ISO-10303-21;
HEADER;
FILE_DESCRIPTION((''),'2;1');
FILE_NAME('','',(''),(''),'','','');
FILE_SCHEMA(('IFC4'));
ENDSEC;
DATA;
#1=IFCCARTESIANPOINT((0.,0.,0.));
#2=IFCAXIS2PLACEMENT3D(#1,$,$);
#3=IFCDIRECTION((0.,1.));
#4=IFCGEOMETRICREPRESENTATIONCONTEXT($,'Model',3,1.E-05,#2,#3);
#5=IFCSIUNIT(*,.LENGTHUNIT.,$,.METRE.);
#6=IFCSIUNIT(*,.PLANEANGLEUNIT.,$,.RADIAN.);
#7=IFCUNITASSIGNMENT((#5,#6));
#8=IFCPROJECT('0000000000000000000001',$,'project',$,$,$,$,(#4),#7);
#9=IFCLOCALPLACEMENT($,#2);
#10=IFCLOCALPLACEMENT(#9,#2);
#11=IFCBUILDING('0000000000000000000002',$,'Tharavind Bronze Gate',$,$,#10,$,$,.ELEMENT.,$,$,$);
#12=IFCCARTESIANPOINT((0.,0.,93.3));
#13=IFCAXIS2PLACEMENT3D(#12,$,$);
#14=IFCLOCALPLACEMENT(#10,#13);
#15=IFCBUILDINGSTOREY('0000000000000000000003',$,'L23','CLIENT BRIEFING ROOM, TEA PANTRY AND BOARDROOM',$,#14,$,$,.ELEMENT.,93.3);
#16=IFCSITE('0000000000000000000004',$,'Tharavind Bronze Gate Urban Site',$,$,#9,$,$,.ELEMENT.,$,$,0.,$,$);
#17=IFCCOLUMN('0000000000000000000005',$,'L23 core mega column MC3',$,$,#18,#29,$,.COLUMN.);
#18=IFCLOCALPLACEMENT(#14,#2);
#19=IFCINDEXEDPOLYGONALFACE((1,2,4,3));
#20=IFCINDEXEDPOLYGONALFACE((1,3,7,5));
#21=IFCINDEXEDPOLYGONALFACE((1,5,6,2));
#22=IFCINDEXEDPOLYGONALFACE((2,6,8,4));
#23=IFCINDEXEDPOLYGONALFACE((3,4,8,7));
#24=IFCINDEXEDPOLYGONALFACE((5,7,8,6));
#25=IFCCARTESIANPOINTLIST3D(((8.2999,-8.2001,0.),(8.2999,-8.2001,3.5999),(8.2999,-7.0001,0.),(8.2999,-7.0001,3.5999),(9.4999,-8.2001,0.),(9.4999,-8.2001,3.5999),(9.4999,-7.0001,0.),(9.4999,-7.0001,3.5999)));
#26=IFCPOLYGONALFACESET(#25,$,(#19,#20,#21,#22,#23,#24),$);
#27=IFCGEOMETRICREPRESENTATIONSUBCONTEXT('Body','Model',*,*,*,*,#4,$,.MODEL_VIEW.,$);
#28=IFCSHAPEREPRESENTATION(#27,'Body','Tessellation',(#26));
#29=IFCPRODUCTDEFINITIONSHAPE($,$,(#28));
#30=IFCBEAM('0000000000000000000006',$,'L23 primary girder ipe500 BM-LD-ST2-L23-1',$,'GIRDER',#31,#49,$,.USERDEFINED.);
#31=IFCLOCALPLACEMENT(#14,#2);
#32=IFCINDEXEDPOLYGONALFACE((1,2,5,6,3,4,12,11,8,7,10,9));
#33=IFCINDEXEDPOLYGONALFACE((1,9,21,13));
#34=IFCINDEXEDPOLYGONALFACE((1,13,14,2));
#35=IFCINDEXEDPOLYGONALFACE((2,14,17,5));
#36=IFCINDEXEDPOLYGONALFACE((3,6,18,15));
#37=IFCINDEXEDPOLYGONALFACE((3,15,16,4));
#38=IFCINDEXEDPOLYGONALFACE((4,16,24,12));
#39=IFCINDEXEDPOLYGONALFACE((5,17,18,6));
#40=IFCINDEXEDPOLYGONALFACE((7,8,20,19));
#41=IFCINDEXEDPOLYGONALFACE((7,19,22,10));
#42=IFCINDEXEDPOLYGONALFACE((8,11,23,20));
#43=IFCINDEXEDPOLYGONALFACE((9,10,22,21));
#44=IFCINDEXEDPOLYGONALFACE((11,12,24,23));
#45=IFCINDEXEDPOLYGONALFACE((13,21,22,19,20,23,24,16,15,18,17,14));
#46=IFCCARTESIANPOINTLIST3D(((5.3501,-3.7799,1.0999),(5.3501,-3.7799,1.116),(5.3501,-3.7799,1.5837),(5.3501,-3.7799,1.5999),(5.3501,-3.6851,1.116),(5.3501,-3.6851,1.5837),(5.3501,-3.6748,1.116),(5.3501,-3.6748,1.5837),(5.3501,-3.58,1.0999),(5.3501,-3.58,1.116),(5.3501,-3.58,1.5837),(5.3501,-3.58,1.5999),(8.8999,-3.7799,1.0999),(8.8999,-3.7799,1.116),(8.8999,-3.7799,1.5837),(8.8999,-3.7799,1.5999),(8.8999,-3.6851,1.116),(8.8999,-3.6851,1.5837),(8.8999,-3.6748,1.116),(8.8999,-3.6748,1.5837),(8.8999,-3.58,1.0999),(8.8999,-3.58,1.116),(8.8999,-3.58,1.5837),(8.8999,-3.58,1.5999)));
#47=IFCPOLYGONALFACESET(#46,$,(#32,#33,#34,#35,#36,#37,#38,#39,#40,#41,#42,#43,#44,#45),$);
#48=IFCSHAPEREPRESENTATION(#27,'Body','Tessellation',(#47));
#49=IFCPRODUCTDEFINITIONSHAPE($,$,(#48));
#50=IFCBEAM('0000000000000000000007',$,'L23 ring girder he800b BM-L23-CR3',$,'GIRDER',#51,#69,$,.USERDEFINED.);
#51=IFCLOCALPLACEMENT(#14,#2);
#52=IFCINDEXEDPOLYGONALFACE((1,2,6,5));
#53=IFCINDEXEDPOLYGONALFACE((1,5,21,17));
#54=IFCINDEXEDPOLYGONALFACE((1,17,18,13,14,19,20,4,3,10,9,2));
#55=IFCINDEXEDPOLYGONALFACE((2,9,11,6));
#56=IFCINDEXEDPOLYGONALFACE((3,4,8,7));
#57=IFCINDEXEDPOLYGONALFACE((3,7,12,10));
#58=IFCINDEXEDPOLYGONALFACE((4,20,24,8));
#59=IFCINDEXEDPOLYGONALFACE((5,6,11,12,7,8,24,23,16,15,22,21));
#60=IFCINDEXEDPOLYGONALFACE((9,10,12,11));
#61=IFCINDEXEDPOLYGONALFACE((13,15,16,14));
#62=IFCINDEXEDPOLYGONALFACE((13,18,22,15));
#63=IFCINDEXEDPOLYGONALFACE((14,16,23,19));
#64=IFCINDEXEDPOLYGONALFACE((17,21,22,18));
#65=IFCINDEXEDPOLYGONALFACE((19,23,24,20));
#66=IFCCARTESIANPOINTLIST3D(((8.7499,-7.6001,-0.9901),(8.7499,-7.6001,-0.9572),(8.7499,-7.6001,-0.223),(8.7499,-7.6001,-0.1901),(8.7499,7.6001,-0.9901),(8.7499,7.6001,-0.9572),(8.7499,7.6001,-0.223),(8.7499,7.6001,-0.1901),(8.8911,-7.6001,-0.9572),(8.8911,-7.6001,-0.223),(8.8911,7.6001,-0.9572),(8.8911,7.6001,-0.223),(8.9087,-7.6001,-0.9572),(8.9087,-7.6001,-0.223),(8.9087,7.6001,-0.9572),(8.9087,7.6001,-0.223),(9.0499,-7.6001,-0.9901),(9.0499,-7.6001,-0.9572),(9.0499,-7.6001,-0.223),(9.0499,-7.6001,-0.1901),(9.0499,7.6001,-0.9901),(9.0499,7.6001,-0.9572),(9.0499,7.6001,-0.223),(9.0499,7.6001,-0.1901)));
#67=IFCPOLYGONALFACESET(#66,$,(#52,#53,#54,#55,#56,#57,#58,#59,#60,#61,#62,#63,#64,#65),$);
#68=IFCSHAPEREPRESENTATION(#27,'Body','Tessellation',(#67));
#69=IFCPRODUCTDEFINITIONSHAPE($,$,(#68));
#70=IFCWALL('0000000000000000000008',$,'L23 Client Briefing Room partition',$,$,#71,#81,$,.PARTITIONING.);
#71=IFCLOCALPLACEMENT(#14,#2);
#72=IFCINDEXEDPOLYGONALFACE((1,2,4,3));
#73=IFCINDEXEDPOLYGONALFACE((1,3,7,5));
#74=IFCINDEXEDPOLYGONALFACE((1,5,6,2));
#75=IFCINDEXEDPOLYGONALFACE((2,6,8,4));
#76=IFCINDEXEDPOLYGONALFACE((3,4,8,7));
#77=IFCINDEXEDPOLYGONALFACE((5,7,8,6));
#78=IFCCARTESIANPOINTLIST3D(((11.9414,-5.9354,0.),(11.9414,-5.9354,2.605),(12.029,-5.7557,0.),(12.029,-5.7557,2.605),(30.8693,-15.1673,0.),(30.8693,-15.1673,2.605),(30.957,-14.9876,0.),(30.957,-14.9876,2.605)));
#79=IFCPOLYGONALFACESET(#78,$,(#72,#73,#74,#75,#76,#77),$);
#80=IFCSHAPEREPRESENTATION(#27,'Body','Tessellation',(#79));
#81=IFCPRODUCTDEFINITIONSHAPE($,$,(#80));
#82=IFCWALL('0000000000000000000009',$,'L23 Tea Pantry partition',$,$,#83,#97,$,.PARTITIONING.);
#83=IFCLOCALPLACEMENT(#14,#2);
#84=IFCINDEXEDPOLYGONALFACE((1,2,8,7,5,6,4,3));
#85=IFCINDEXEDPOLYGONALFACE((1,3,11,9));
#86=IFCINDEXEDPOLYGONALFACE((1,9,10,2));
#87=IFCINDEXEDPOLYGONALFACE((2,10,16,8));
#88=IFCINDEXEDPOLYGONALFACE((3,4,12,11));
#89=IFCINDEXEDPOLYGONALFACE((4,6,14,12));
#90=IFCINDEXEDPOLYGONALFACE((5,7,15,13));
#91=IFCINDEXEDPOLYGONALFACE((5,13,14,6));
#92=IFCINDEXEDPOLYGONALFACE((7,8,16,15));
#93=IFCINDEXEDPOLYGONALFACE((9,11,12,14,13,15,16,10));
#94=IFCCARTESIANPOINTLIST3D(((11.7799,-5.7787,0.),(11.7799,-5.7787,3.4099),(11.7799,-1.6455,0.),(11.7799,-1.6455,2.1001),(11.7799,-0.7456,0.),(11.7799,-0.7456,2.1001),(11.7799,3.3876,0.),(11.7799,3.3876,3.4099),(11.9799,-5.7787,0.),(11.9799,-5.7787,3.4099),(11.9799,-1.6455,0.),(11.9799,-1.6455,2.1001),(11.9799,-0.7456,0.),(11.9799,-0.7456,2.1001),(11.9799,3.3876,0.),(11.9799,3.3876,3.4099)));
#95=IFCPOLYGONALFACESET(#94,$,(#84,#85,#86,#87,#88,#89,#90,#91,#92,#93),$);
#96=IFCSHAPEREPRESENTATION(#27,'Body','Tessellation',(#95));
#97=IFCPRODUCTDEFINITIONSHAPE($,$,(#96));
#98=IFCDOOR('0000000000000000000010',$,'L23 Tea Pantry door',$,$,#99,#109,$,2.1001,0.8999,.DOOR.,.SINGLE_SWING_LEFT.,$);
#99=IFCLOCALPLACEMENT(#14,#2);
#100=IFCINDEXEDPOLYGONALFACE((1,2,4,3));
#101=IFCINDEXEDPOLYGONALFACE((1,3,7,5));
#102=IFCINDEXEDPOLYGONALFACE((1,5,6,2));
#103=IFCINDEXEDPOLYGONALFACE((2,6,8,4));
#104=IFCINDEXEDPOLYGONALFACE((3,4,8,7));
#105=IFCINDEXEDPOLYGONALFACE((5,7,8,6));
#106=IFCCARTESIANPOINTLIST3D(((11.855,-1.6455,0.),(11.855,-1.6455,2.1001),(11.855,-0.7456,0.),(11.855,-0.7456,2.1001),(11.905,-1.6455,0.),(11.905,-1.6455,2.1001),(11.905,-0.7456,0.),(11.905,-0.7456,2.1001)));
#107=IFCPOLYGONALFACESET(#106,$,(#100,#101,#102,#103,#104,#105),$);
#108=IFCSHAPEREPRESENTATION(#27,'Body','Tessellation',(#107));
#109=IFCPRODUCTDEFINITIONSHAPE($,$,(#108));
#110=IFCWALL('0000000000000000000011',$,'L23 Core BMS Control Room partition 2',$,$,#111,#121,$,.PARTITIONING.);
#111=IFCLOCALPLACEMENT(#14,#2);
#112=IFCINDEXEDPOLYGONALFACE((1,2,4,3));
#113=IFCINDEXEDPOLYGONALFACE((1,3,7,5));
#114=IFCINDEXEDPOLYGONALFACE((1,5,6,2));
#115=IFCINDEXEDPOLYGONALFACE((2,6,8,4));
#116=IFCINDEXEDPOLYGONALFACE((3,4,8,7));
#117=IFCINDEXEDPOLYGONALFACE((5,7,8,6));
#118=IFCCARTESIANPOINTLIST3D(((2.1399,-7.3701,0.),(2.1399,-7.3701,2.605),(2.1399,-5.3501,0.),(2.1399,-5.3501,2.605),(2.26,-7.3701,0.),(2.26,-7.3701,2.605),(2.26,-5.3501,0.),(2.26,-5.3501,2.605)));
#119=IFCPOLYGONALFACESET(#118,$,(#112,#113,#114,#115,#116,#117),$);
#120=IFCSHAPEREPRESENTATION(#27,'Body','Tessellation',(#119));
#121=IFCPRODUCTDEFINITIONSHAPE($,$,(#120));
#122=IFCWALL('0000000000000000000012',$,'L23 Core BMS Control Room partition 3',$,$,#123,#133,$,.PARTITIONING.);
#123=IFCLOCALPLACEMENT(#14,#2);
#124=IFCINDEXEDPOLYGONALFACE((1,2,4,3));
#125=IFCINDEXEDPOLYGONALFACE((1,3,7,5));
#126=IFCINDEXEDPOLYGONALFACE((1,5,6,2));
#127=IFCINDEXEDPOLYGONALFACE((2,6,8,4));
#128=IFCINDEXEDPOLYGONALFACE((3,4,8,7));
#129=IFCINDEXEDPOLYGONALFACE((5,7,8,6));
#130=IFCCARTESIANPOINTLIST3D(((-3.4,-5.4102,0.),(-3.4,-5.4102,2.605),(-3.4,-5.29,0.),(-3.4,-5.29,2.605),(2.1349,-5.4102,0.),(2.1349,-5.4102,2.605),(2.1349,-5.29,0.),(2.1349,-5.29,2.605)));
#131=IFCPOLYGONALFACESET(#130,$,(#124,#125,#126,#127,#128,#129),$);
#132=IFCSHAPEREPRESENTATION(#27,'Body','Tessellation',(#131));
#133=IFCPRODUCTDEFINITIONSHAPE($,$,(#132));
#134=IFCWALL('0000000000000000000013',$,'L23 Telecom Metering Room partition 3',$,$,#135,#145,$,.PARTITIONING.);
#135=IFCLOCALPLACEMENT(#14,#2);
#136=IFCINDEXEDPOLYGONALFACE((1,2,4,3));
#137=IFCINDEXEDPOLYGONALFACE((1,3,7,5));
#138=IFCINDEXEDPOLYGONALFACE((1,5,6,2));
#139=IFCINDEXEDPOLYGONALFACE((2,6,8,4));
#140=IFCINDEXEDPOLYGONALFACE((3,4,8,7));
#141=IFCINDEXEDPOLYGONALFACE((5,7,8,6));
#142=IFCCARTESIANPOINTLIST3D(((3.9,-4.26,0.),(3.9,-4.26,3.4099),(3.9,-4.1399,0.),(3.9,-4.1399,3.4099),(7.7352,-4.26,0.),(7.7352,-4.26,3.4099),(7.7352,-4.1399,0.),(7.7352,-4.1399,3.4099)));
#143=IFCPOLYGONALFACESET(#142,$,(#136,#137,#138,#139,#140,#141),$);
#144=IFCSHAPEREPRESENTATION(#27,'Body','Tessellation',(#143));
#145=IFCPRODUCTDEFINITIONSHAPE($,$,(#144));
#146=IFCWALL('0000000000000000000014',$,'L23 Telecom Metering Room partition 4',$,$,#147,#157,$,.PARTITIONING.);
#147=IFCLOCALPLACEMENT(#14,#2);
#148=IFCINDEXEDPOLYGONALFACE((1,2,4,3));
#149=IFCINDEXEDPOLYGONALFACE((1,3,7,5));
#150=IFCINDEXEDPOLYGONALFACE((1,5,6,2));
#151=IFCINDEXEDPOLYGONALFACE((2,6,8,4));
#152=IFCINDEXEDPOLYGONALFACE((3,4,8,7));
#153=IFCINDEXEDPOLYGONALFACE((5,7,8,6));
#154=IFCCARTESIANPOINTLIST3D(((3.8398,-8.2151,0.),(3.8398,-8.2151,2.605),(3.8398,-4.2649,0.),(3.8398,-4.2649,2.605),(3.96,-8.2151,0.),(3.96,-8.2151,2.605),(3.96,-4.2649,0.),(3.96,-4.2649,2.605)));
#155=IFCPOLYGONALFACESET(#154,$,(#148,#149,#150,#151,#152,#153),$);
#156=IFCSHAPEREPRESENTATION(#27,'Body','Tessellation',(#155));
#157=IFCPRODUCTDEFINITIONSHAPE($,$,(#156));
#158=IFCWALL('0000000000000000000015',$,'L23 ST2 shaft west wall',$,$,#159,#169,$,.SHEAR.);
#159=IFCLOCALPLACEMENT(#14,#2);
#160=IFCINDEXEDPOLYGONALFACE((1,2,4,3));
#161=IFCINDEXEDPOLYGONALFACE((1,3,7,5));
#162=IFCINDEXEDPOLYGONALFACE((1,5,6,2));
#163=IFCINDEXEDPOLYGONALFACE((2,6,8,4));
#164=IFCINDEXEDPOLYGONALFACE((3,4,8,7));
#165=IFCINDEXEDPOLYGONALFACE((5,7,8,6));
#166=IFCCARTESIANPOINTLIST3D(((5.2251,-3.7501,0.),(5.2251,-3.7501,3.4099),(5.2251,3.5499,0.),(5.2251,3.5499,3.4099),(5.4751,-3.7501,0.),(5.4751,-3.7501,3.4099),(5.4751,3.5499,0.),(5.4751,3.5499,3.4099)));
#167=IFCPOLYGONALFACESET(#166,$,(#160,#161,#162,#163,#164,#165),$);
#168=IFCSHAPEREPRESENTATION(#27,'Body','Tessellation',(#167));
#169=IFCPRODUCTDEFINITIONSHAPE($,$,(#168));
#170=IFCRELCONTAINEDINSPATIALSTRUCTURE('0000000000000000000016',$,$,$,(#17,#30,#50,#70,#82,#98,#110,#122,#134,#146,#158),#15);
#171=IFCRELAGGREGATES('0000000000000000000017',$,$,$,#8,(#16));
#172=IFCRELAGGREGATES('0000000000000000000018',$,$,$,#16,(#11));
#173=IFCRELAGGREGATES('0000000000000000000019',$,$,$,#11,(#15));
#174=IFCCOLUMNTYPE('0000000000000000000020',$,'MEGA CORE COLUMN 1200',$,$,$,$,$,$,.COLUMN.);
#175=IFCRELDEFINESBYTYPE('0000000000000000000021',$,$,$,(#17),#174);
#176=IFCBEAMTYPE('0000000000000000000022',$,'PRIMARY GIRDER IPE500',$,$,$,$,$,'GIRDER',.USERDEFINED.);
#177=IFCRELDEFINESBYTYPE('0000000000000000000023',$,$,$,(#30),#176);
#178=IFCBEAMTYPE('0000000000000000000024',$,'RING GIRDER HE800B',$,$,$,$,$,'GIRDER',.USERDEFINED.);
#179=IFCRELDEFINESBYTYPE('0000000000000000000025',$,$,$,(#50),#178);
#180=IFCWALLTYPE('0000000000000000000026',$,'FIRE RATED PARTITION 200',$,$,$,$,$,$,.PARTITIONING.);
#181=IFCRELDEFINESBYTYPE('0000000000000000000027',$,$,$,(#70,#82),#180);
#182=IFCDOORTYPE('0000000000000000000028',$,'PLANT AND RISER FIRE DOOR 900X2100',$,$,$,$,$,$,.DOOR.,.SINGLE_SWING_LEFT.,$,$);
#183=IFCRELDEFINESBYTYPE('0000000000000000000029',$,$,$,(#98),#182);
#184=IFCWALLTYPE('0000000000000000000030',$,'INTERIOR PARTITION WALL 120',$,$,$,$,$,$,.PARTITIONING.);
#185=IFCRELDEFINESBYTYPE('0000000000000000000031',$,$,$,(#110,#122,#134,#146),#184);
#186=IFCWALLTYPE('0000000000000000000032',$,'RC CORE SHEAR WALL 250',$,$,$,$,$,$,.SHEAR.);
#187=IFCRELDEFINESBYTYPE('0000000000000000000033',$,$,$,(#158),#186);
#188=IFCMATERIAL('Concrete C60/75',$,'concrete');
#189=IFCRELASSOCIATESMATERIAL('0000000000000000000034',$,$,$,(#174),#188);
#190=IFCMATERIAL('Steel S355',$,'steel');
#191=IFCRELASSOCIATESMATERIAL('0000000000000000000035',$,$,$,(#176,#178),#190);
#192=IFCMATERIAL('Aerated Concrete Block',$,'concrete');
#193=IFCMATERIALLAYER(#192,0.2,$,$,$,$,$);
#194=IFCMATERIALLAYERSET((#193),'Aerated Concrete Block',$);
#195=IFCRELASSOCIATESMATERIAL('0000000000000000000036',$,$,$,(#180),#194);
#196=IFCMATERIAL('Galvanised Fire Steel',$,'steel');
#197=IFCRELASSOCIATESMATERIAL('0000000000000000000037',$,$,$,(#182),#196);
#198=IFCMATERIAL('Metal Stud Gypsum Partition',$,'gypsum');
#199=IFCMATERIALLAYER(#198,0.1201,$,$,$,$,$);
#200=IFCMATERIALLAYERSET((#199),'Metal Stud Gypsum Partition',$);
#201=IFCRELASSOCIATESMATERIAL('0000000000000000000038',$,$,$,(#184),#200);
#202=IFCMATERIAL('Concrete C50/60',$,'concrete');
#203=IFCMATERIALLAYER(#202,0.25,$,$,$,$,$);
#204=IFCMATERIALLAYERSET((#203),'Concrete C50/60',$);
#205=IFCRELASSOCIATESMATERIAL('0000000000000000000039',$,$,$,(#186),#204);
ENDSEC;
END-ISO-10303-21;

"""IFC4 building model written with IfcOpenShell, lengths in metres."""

from ifc_helpers import new_model, si_unit, direction, frame, frame_2d, origin, origin_2d, place, context, subcontext, project, spatial, rectangle, i_section, extrude, material, layer, layer_set, material_profile, profile_set, type_object, element, fill, save


model = new_model("IFC4")

# Units and contexts
model_context = context("Model", 3, precision=1e-05, world=origin(), true_north=direction((0.0, 1.0)))
body_context = subcontext(model_context, "Body", "Model", "MODEL_VIEW")
ifc_project = project(units=[si_unit("LENGTHUNIT", "METRE"), si_unit("PLANEANGLEUNIT", "RADIAN")], contexts=[model_context])

# Site, building, storey
site_placement = place(None, origin())
site = spatial("IfcSite", under=ifc_project, at=site_placement, Name="Tharavind Bronze Gate Urban Site", CompositionType="ELEMENT", RefElevation=0.0)
building_placement = place(site_placement, origin())
building = spatial("IfcBuilding", under=site, at=building_placement, Name="Tharavind Bronze Gate", CompositionType="ELEMENT")
storey_placement = place(building_placement, frame((0.0, 0.0, 93.3)))
storey = spatial("IfcBuildingStorey", under=building, at=storey_placement, Name="L23", Description="CLIENT BRIEFING ROOM, TEA PANTRY AND BOARDROOM", CompositionType="ELEMENT", Elevation=93.3)

# Column
ifc_material_1 = material(Name="Concrete C60/75", Category="concrete")
ifc_material_profile_1 = material_profile(ifc_material_1, rectangle(XDim=1.2, YDim=1.2, at=origin_2d()), Name="RCCOL1200")
ifc_profile_set_1 = profile_set([ifc_material_profile_1], Name="Concrete C60/75")
column_type = type_object("IfcColumnType", Name="MEGA CORE COLUMN 1200", PredefinedType="COLUMN", material=ifc_profile_set_1)
column_placement = place(storey_placement, frame((8.8999, -7.6001, 0.0), z_axis=(0.0, 0.0, 1.0), x_axis=(1.0, 0.0, 0.0)))
element("IfcColumn", 1, at=column_placement, inside=storey, type_object=column_type, Name="L23 core mega column MC3", PredefinedType="COLUMN", context=body_context, shape_type="SweptSolid", body=[
    extrude(rectangle(XDim=1.2, YDim=1.2, at=origin_2d()), origin(), (0.0, 0.0, 1.0), 3.5999),
])

# Beams
ifc_material_2 = material(Name="Steel S355", Category="steel")
ifc_material_profile_2 = material_profile(ifc_material_2, i_section(OverallWidth=0.2, OverallDepth=0.5, WebThickness=0.0103, FlangeThickness=0.0161, at=origin_2d()), Name="IPE500")
ifc_profile_set_2 = profile_set([ifc_material_profile_2], Name="Steel S355")
beam_type_1 = type_object("IfcBeamType", Name="PRIMARY GIRDER IPE500", ElementType="GIRDER", PredefinedType="USERDEFINED", material=ifc_profile_set_2)
beam_1_placement = place(storey_placement, frame((5.3501, -3.6799, 1.3499), z_axis=(1.0, 0.0, 0.0), x_axis=(0.0, 1.0, 0.0)))
element("IfcBeam", 2, at=beam_1_placement, inside=storey, type_object=beam_type_1, Name="L23 primary girder ipe500 BM-LD-ST2-L23-1", ObjectType="GIRDER", PredefinedType="USERDEFINED", context=body_context, shape_type="SweptSolid", body=[
    extrude(i_section(OverallWidth=0.2, OverallDepth=0.5, WebThickness=0.0103, FlangeThickness=0.0161, at=origin_2d()), origin(), (0.0, 0.0, 1.0), 3.5498),
])
ifc_material_profile_3 = material_profile(ifc_material_2, i_section(OverallWidth=0.3, OverallDepth=0.8, WebThickness=0.0176, FlangeThickness=0.033, at=origin_2d()), Name="HE800B")
ifc_profile_set_3 = profile_set([ifc_material_profile_3], Name="Steel S355")
beam_type_2 = type_object("IfcBeamType", Name="RING GIRDER HE800B", ElementType="GIRDER", PredefinedType="USERDEFINED", material=ifc_profile_set_3)
beam_2_placement = place(storey_placement, frame((8.8999, -7.6001, -0.5901), z_axis=(0.0, 1.0, 0.0), x_axis=(-1.0, 0.0, 0.0)))
element("IfcBeam", 3, at=beam_2_placement, inside=storey, type_object=beam_type_2, Name="L23 ring girder he800b BM-L23-CR3", ObjectType="GIRDER", PredefinedType="USERDEFINED", context=body_context, shape_type="SweptSolid", body=[
    extrude(i_section(OverallWidth=0.3, OverallDepth=0.8, WebThickness=0.0176, FlangeThickness=0.033, at=origin_2d()), origin(), (0.0, 0.0, 1.0), 15.2002),
])

# Wall
ifc_material_3 = material(Name="Aerated Concrete Block", Category="concrete")
ifc_layer_1 = layer(ifc_material_3, 0.2)
ifc_layer_set_1 = layer_set([ifc_layer_1], Name="Aerated Concrete Block")
wall_type_1 = type_object("IfcWallType", Name="FIRE RATED PARTITION 200", PredefinedType="PARTITIONING", material=ifc_layer_set_1)
wall_1_placement = place(storey_placement, frame((11.9851, -5.8455, 0.0), z_axis=(0.0, 0.0, 1.0), x_axis=(0.898791, -0.438377, 0.0)))
element("IfcWall", 4, at=wall_1_placement, inside=storey, type_object=wall_type_1, Name="L23 Client Briefing Room partition", PredefinedType="PARTITIONING", context=body_context, shape_type="SweptSolid", body=[
    extrude(rectangle(XDim=21.0593, YDim=0.2, at=frame_2d((10.5298, 0.0))), origin(), (0.0, 0.0, 1.0), 2.605),
])

# Wall, opening, door
wall_2_placement = place(storey_placement, frame((11.8799, -5.7786, 0.0), z_axis=(0.0, 0.0, 1.0), x_axis=(0.0, 1.0, 0.0)))
wall_2 = element("IfcWall", 5, at=wall_2_placement, inside=storey, type_object=wall_type_1, Name="L23 Tea Pantry partition", PredefinedType="PARTITIONING", context=body_context, shape_type="SweptSolid", body=[
    extrude(rectangle(XDim=9.1663, YDim=0.2, at=frame_2d((4.583, 0.0))), origin(), (0.0, 0.0, 1.0), 3.4099),
])
opening_1_placement = place(wall_2_placement, frame((4.1331, 0.0, 0.0)))
opening_1 = element("IfcOpeningElement", 6, at=opening_1_placement, cuts=wall_2, PredefinedType="OPENING", context=body_context, shape_type="SweptSolid", body=[
    extrude(rectangle(XDim=0.8999, YDim=2.1001, at=frame_2d((0.45, 1.05))), frame((0.0, 0.1101, 0.0), z_axis=(0.0, -1.0, 0.0), x_axis=(1.0, 0.0, 0.0)), (0.0, 0.0, 1.0), 0.22),
])
ifc_material_4 = material(Name="Galvanised Fire Steel", Category="steel")
door_type_1 = type_object("IfcDoorType", Name="PLANT AND RISER FIRE DOOR 900X2100", OperationType="SINGLE_SWING_LEFT", PredefinedType="DOOR", material=ifc_material_4)
door_1_placement = place(opening_1_placement, origin())
door_1 = element("IfcDoor", 7, at=door_1_placement, inside=storey, type_object=door_type_1, Name="L23 Tea Pantry door", OperationType="SINGLE_SWING_LEFT", OverallHeight=2.1001, OverallWidth=0.8999, PredefinedType="DOOR", context=body_context, shape_type="SweptSolid", body=[
    extrude(rectangle(XDim=0.8999, YDim=2.1001, at=frame_2d((0.45, 1.05))), frame((0.0, 0.0249, 0.0), z_axis=(0.0, -1.0, 0.0), x_axis=(1.0, 0.0, 0.0)), (0.0, 0.0, 1.0), 0.05),
])
fill(opening_1, door_1)

# Walls
ifc_material_5 = material(Name="Metal Stud Gypsum Partition", Category="gypsum")
ifc_layer_2 = layer(ifc_material_5, 0.1201)
ifc_layer_set_2 = layer_set([ifc_layer_2], Name="Metal Stud Gypsum Partition")
wall_type_2 = type_object("IfcWallType", Name="INTERIOR PARTITION WALL 120", PredefinedType="PARTITIONING", material=ifc_layer_set_2)
wall_3_placement = place(storey_placement, frame((2.2, -7.3701, 0.0), z_axis=(0.0, 0.0, 1.0), x_axis=(0.0, 1.0, 0.0)))
element("IfcWall", 8, at=wall_3_placement, inside=storey, type_object=wall_type_2, Name="L23 Core BMS Control Room partition 2", PredefinedType="PARTITIONING", context=body_context, shape_type="SweptSolid", body=[
    extrude(rectangle(XDim=2.02, YDim=0.1201, at=frame_2d((1.01, 0.0))), origin(), (0.0, 0.0, 1.0), 2.605),
])
wall_4_placement = place(storey_placement, frame((2.135, -5.3501, 0.0), z_axis=(0.0, 0.0, 1.0), x_axis=(-1.0, 0.0, 0.0)))
element("IfcWall", 9, at=wall_4_placement, inside=storey, type_object=wall_type_2, Name="L23 Core BMS Control Room partition 3", PredefinedType="PARTITIONING", context=body_context, shape_type="SweptSolid", body=[
    extrude(rectangle(XDim=5.5349, YDim=0.1201, at=frame_2d((2.7676, 0.0))), origin(), (0.0, 0.0, 1.0), 2.605),
])
wall_5_placement = place(storey_placement, frame((7.7351, -4.2, 0.0), z_axis=(0.0, 0.0, 1.0), x_axis=(-1.0, 0.0, 0.0)))
element("IfcWall", 10, at=wall_5_placement, inside=storey, type_object=wall_type_2, Name="L23 Telecom Metering Room partition 3", PredefinedType="PARTITIONING", context=body_context, shape_type="SweptSolid", body=[
    extrude(rectangle(XDim=3.8352, YDim=0.1201, at=frame_2d((1.9175, 0.0))), origin(), (0.0, 0.0, 1.0), 3.4099),
])
wall_6_placement = place(storey_placement, frame((3.8999, -4.2649, 0.0), z_axis=(0.0, 0.0, 1.0), x_axis=(0.0, -1.0, 0.0)))
element("IfcWall", 11, at=wall_6_placement, inside=storey, type_object=wall_type_2, Name="L23 Telecom Metering Room partition 4", PredefinedType="PARTITIONING", context=body_context, shape_type="SweptSolid", body=[
    extrude(rectangle(XDim=3.9502, YDim=0.1201, at=frame_2d((1.9751, 0.0))), origin(), (0.0, 0.0, 1.0), 2.605),
])
ifc_material_6 = material(Name="Concrete C50/60", Category="concrete")
ifc_layer_3 = layer(ifc_material_6, 0.25)
ifc_layer_set_3 = layer_set([ifc_layer_3], Name="Concrete C50/60")
wall_type_3 = type_object("IfcWallType", Name="RC CORE SHEAR WALL 250", PredefinedType="SHEAR", material=ifc_layer_set_3)
wall_7_placement = place(storey_placement, frame((5.3501, -3.75, 0.0), z_axis=(0.0, 0.0, 1.0), x_axis=(0.0, 1.0, 0.0)))
element("IfcWall", 12, at=wall_7_placement, inside=storey, type_object=wall_type_3, Name="L23 ST2 shaft west wall", PredefinedType="SHEAR", context=body_context, shape_type="SweptSolid", body=[
    extrude(rectangle(XDim=7.3, YDim=0.25, at=frame_2d((3.6499, 0.0))), origin(), (0.0, 0.0, 1.0), 3.4099),
])

save(model, "model.ifc")
